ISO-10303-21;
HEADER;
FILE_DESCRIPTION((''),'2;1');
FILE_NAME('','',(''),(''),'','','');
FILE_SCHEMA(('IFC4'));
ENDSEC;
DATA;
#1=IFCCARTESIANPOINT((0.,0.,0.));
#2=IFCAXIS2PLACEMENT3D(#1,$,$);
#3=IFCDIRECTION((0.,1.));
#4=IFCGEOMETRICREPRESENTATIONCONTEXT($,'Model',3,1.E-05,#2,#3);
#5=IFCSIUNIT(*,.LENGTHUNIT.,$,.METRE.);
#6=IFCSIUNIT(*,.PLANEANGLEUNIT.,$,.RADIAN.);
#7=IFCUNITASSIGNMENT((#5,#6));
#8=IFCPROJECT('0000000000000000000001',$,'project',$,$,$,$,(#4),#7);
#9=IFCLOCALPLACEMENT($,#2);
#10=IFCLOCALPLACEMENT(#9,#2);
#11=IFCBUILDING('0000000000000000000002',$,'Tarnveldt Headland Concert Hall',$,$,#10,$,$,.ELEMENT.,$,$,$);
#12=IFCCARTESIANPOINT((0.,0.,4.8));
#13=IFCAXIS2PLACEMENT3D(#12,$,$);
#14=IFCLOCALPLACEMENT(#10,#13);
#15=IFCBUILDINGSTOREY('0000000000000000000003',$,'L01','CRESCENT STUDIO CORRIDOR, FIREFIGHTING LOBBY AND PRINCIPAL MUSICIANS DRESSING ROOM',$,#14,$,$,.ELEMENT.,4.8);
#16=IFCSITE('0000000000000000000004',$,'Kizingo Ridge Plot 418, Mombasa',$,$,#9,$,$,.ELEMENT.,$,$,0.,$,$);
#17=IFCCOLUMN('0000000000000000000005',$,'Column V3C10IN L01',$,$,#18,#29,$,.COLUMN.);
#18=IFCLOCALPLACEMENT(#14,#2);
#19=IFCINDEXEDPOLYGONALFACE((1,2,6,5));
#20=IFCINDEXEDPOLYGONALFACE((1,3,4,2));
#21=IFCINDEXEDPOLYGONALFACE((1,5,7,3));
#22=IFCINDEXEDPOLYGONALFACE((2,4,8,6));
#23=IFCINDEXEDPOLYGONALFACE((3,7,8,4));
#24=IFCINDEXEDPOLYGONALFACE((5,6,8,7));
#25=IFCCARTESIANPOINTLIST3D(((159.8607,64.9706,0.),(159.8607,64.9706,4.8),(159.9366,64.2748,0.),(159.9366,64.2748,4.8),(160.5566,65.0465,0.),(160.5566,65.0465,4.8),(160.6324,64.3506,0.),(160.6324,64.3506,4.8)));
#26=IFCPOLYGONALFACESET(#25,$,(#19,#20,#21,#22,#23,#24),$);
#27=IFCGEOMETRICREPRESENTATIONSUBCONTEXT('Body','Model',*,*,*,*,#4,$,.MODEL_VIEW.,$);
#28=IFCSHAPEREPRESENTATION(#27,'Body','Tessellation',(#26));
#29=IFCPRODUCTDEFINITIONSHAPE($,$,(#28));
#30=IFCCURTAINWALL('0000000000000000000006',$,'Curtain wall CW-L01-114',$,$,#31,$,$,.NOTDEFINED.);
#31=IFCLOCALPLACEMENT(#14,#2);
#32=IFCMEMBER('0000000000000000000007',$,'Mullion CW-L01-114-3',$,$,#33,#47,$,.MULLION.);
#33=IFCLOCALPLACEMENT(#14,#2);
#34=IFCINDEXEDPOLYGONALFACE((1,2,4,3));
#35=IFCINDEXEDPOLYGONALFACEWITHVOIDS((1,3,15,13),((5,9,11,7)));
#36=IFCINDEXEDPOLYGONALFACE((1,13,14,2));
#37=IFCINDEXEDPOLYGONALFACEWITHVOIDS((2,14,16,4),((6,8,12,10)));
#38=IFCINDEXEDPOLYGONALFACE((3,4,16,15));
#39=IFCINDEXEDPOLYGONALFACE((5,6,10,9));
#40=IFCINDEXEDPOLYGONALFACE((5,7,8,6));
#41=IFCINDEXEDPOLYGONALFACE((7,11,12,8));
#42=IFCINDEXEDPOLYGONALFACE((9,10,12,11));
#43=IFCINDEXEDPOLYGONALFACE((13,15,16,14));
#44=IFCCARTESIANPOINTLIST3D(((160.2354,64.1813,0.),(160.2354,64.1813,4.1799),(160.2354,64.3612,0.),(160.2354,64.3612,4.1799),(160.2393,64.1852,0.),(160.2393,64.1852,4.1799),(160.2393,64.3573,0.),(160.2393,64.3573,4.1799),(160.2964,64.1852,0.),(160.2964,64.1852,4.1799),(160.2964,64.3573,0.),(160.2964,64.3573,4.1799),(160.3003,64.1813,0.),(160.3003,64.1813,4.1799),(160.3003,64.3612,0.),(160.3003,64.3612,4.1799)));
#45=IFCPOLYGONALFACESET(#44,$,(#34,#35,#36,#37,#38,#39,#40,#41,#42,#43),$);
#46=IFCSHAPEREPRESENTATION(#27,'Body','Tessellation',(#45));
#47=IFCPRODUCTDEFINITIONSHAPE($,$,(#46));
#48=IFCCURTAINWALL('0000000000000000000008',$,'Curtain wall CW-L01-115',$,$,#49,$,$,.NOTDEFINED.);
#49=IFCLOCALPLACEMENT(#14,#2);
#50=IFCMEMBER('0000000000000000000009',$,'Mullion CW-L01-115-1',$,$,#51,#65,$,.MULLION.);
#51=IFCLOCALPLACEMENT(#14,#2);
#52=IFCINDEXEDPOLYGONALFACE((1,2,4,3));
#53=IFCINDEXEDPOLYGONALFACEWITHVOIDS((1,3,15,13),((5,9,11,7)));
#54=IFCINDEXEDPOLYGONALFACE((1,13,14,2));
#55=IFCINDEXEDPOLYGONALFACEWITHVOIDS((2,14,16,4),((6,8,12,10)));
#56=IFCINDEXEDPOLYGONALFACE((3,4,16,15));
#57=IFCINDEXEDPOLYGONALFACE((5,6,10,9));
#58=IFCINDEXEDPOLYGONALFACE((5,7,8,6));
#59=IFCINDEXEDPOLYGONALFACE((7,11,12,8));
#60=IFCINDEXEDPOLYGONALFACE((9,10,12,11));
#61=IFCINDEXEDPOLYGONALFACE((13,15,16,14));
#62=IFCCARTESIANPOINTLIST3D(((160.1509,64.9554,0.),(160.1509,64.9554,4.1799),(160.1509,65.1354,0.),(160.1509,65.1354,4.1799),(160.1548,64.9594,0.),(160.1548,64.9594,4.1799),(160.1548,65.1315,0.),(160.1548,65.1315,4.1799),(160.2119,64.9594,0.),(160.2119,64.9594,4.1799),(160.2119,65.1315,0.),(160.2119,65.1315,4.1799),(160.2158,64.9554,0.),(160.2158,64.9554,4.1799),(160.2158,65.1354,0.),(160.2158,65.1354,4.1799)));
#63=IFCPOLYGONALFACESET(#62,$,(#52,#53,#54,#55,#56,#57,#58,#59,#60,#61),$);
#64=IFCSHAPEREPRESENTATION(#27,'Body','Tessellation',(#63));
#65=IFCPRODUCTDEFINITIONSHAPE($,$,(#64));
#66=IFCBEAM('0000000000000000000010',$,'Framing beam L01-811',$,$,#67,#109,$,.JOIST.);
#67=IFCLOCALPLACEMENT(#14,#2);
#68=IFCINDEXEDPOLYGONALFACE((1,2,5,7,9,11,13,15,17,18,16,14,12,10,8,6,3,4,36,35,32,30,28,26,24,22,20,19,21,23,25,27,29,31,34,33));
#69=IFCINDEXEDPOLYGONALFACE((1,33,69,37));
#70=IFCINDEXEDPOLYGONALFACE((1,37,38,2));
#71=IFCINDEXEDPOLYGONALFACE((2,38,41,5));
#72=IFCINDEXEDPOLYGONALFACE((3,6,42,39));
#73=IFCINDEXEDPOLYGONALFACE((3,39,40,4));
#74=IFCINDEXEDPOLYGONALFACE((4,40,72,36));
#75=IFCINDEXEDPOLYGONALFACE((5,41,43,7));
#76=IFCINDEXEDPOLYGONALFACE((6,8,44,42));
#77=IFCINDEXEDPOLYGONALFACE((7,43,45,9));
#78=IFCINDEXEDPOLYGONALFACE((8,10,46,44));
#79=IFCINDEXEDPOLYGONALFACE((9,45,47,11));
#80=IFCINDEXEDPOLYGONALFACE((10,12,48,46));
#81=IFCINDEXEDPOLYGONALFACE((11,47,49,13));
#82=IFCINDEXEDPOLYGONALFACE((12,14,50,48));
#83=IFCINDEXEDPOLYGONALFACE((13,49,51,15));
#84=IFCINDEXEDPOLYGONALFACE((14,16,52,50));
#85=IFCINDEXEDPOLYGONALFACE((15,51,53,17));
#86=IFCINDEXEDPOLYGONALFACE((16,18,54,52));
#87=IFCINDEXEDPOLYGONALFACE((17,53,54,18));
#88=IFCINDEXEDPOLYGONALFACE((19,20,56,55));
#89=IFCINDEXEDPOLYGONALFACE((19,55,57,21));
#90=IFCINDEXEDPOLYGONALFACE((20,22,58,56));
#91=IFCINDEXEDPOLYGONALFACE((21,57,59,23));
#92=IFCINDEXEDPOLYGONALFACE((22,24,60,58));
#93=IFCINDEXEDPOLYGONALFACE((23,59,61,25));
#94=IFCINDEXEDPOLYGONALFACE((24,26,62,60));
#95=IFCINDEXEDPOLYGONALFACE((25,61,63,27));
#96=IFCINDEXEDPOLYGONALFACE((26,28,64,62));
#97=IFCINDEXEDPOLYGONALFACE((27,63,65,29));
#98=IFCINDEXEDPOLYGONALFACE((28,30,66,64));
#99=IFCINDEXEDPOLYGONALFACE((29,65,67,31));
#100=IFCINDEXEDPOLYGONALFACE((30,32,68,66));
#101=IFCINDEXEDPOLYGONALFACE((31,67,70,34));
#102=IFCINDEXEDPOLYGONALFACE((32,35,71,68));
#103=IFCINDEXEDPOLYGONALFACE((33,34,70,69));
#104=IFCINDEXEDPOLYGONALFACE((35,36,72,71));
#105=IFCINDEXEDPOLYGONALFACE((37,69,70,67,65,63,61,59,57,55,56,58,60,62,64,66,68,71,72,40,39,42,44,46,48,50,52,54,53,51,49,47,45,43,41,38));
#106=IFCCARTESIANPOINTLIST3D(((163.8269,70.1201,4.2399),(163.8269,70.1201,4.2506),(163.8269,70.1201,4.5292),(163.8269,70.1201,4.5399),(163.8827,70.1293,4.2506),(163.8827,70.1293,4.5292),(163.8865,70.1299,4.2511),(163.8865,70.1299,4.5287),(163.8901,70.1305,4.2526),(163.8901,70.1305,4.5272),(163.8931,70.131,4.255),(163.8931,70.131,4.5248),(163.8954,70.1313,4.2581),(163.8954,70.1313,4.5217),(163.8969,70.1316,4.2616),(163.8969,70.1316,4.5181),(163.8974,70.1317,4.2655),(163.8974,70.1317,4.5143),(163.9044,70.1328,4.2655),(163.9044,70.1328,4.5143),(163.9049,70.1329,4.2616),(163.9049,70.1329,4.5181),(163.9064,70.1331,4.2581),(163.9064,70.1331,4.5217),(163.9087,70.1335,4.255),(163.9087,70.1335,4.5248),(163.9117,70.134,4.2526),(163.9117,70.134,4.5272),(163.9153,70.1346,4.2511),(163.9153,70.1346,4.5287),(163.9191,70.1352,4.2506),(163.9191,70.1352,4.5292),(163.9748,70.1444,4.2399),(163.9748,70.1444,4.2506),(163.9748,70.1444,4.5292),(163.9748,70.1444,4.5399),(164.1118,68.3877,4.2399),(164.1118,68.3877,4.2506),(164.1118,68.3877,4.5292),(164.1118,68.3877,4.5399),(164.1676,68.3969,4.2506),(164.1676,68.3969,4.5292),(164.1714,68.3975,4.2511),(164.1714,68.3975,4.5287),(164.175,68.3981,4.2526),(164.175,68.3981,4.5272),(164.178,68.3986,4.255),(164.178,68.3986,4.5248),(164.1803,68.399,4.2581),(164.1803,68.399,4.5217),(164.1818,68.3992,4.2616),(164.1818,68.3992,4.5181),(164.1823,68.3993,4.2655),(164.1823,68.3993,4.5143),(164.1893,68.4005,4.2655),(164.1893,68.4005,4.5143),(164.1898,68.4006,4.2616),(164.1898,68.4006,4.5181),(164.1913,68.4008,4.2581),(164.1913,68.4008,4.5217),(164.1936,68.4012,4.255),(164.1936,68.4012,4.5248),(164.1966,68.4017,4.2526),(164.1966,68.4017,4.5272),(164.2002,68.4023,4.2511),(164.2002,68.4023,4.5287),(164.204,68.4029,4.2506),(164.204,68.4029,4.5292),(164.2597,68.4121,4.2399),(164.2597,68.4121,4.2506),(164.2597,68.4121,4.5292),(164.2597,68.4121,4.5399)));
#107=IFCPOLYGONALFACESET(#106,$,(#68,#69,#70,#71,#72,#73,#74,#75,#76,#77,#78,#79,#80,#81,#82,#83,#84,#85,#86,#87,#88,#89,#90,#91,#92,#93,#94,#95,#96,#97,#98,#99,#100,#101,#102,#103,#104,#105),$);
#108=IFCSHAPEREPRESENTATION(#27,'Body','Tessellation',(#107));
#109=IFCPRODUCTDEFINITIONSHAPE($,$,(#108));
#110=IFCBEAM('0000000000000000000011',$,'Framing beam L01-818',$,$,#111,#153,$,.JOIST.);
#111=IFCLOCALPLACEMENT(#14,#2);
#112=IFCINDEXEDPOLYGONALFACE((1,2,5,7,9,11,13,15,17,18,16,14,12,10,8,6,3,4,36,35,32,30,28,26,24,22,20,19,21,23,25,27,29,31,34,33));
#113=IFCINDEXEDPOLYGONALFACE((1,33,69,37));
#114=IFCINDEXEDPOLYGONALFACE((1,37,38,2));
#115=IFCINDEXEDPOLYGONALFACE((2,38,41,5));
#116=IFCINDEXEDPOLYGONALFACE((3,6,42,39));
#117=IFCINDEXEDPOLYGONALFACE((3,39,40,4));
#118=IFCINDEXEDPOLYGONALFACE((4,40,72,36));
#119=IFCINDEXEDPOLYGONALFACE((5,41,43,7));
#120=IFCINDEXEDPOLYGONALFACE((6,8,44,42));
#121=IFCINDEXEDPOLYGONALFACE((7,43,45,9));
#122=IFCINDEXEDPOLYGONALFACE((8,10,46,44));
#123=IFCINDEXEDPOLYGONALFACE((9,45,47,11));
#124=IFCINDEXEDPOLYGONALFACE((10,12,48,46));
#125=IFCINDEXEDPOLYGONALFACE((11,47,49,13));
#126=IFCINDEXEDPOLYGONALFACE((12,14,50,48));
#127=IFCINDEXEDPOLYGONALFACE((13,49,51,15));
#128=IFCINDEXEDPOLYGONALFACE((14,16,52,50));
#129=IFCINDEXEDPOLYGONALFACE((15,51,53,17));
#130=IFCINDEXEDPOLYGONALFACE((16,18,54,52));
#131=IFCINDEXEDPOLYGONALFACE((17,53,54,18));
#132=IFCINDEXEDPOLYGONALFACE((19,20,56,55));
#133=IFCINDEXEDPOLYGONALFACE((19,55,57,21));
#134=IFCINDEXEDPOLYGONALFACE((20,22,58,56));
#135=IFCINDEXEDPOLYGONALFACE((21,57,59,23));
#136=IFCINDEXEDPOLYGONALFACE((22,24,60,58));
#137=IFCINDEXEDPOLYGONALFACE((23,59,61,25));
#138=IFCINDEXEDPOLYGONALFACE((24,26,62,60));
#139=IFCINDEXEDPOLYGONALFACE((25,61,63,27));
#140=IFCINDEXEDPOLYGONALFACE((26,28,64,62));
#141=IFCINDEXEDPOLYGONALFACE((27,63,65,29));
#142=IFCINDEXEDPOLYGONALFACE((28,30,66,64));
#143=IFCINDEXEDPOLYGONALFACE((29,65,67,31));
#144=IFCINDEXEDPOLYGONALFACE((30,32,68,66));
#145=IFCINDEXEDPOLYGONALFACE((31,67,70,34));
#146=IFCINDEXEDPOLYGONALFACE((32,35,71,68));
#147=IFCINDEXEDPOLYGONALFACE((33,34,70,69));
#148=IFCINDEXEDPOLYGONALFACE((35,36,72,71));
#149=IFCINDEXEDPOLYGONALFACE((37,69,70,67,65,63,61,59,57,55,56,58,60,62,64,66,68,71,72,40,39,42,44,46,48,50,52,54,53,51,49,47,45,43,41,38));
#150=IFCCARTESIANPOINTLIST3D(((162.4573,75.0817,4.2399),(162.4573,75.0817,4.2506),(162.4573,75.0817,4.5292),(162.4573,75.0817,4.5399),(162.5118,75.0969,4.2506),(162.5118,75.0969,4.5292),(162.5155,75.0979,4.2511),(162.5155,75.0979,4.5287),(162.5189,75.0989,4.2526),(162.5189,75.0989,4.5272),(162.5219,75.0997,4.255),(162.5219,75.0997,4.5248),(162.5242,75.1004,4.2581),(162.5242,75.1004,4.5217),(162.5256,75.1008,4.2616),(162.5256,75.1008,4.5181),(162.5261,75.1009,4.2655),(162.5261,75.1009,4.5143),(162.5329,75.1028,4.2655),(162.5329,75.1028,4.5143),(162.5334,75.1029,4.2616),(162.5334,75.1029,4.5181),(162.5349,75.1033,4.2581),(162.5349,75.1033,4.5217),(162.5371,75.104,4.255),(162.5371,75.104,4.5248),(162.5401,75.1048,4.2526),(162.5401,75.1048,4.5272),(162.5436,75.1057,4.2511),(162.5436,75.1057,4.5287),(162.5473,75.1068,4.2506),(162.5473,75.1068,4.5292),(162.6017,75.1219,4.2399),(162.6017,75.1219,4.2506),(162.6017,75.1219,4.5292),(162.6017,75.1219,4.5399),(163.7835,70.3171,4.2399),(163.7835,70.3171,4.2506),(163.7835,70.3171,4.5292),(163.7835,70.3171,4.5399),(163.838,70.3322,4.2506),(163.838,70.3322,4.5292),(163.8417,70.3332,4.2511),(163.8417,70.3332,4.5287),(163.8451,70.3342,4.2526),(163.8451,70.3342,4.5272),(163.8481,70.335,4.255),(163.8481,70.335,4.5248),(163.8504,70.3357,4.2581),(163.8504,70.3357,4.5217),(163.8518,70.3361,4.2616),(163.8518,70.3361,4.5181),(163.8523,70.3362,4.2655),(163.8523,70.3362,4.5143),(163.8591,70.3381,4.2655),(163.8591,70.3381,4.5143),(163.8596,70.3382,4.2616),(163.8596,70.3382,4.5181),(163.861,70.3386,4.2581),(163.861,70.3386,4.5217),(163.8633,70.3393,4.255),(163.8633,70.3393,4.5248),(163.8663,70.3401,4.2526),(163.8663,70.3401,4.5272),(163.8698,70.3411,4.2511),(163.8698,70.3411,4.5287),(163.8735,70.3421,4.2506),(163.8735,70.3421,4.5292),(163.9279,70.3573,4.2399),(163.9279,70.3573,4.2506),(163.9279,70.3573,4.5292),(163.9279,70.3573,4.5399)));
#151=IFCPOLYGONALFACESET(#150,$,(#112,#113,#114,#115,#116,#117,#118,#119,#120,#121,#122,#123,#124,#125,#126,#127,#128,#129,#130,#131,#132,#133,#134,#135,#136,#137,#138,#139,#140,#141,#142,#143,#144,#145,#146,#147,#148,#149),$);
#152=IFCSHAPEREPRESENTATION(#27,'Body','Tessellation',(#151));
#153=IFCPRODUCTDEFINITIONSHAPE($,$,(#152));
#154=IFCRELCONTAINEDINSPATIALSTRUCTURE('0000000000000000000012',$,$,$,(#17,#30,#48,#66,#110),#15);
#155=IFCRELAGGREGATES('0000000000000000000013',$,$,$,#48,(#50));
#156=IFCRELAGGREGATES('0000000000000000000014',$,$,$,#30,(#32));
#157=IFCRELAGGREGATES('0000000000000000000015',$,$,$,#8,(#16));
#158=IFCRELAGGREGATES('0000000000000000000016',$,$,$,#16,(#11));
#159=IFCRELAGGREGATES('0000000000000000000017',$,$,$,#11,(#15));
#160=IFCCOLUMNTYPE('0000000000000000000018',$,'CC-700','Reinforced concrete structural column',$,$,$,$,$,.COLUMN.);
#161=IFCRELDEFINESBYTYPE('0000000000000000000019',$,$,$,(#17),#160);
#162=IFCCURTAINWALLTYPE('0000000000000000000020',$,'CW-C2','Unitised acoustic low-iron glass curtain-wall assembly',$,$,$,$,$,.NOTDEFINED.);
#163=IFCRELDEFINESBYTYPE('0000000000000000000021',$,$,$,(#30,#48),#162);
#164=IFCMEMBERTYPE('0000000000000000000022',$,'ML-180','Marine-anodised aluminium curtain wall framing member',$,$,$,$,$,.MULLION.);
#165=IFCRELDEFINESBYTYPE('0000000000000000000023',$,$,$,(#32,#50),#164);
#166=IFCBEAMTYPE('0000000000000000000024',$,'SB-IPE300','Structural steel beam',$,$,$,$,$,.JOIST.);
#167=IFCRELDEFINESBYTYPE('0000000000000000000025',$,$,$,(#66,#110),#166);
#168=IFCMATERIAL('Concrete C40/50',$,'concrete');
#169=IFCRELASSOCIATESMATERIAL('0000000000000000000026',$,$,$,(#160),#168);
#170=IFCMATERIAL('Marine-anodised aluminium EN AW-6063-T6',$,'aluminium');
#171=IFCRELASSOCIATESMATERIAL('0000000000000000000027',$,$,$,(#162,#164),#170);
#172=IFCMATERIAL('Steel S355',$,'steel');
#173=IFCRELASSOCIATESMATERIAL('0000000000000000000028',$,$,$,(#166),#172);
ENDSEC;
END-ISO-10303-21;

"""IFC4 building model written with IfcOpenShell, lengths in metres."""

from ifc_helpers import new_model, si_unit, direction, frame, origin, origin_2d, place, context, subcontext, project, spatial, rectangle, hollow_rectangle, i_section, extrude, material, material_profile, profile_set, type_object, element, aggregate, save


model = new_model("IFC4")

# Units and contexts
model_context = context("Model", 3, precision=1e-05, world=origin(), true_north=direction((0.0, 1.0)))
body_context = subcontext(model_context, "Body", "Model", "MODEL_VIEW")
ifc_project = project(units=[si_unit("LENGTHUNIT", "METRE"), si_unit("PLANEANGLEUNIT", "RADIAN")], contexts=[model_context])

# Site, building, storey
site_placement = place(None, origin())
site = spatial("IfcSite", under=ifc_project, at=site_placement, Name="Kizingo Ridge Plot 418, Mombasa", CompositionType="ELEMENT", RefElevation=0.0)
building_placement = place(site_placement, origin())
building = spatial("IfcBuilding", under=site, at=building_placement, Name="Tarnveldt Headland Concert Hall", CompositionType="ELEMENT")
storey_placement = place(building_placement, frame((0.0, 0.0, 4.8)))
storey = spatial("IfcBuildingStorey", under=building, at=storey_placement, Name="L01", Description="CRESCENT STUDIO CORRIDOR, FIREFIGHTING LOBBY AND PRINCIPAL MUSICIANS DRESSING ROOM", CompositionType="ELEMENT", Elevation=4.8)

# Column
ifc_material_1 = material(Name="Concrete C40/50", Category="concrete")
ifc_material_profile_1 = material_profile(ifc_material_1, rectangle(XDim=0.7, YDim=0.7, at=origin_2d()), Name="RC 700x700", Category="concrete")
ifc_profile_set_1 = profile_set([ifc_material_profile_1], Name="Concrete C40/50")
column_type = type_object("IfcColumnType", Name="CC-700", Description="Reinforced concrete structural column", PredefinedType="COLUMN", material=ifc_profile_set_1)
column_placement = place(storey_placement, frame((160.2466, 64.6606, 0.0), z_axis=(0.0, 0.0, 1.0), x_axis=(0.994113, 0.108346, 0.0)))
element("IfcColumn", 1, at=column_placement, inside=storey, type_object=column_type, Name="Column V3C10IN L01", PredefinedType="COLUMN", context=body_context, shape_type="SweptSolid", body=[
    extrude(rectangle(XDim=0.7, YDim=0.7, at=origin_2d()), origin(), (0.0, 0.0, 1.0), 4.8),
])

# Curtain walls, members
ifc_material_2 = material(Name="Marine-anodised aluminium EN AW-6063-T6", Category="aluminium")
curtain_wall_type = type_object("IfcCurtainWallType", Name="CW-C2", Description="Unitised acoustic low-iron glass curtain-wall assembly", PredefinedType="NOTDEFINED", material=ifc_material_2)
curtain_wall_1_placement = place(storey_placement, origin())
curtain_wall_1 = element("IfcCurtainWall", 2, at=curtain_wall_1_placement, inside=storey, type_object=curtain_wall_type, Name="Curtain wall CW-L01-114", PredefinedType="NOTDEFINED")
ifc_material_profile_2 = material_profile(ifc_material_2, hollow_rectangle(XDim=0.0649, YDim=0.1799, WallThickness=0.0039, at=origin_2d()), Name="ALU MULLION 65x180x4", Category="aluminium")
ifc_profile_set_2 = profile_set([ifc_material_profile_2], Name="Marine-anodised aluminium EN AW-6063-T6")
member_type = type_object("IfcMemberType", Name="ML-180", Description="Marine-anodised aluminium curtain wall framing member", PredefinedType="MULLION", material=ifc_profile_set_2)
member_1_placement = place(storey_placement, frame((160.2678, 64.2712, 0.0), z_axis=(0.0, 0.0, 1.0), x_axis=(1.0, 0.0, 0.0)))
member_1 = element("IfcMember", 3, at=member_1_placement, type_object=member_type, Name="Mullion CW-L01-114-3", PredefinedType="MULLION", context=body_context, shape_type="SweptSolid", body=[
    extrude(hollow_rectangle(XDim=0.0649, YDim=0.1799, WallThickness=0.0039, at=origin_2d()), origin(), (0.0, 0.0, 1.0), 4.1799),
])
curtain_wall_2_placement = place(storey_placement, origin())
curtain_wall_2 = element("IfcCurtainWall", 4, at=curtain_wall_2_placement, inside=storey, type_object=curtain_wall_type, Name="Curtain wall CW-L01-115", PredefinedType="NOTDEFINED")
member_2_placement = place(storey_placement, frame((160.1833, 65.0454, 0.0), z_axis=(0.0, 0.0, 1.0), x_axis=(1.0, 0.0, 0.0)))
member_2 = element("IfcMember", 5, at=member_2_placement, type_object=member_type, Name="Mullion CW-L01-115-1", PredefinedType="MULLION", context=body_context, shape_type="SweptSolid", body=[
    extrude(hollow_rectangle(XDim=0.0649, YDim=0.1799, WallThickness=0.0039, at=origin_2d()), origin(), (0.0, 0.0, 1.0), 4.1799),
])
aggregate(curtain_wall_2, [member_2])

# Beams
ifc_material_3 = material(Name="Steel S355", Category="steel")
ifc_material_profile_3 = material_profile(ifc_material_3, i_section(OverallWidth=0.1499, OverallDepth=0.3, WebThickness=0.0071, FlangeThickness=0.0107, FilletRadius=0.0149, at=origin_2d()), Name="IPE300", Category="steel")
ifc_profile_set_3 = profile_set([ifc_material_profile_3], Name="Steel S355")
beam_type_1 = type_object("IfcBeamType", Name="SB-IPE300", Description="Structural steel beam", PredefinedType="JOIST", material=ifc_profile_set_3)
beam_1_placement = place(storey_placement, frame((164.1858, 68.3999, 4.3899), z_axis=(-0.162279, 0.986745, 0.0), x_axis=(-0.986745, -0.162279, 0.0)))
element("IfcBeam", 6, at=beam_1_placement, inside=storey, type_object=beam_type_1, Name="Framing beam L01-811", PredefinedType="JOIST", context=body_context, shape_type="SweptSolid", body=[
    extrude(i_section(OverallWidth=0.1499, OverallDepth=0.3, WebThickness=0.0071, FlangeThickness=0.0107, FilletRadius=0.0149, at=origin_2d()), origin(), (0.0, 0.0, 1.0), 1.7556),
])
beam_2_placement = place(storey_placement, frame((163.8557, 70.3372, 4.3899), z_axis=(-0.268143, 0.963379, 0.0), x_axis=(-0.963379, -0.268143, 0.0)))
element("IfcBeam", 7, at=beam_2_placement, inside=storey, type_object=beam_type_1, Name="Framing beam L01-818", PredefinedType="JOIST", context=body_context, shape_type="SweptSolid", body=[
    extrude(i_section(OverallWidth=0.1499, OverallDepth=0.3, WebThickness=0.0071, FlangeThickness=0.0107, FilletRadius=0.0149, at=origin_2d()), origin(), (0.0, 0.0, 1.0), 4.9458),
])

aggregate(curtain_wall_1, [member_1])

save(model, "model.ifc")
